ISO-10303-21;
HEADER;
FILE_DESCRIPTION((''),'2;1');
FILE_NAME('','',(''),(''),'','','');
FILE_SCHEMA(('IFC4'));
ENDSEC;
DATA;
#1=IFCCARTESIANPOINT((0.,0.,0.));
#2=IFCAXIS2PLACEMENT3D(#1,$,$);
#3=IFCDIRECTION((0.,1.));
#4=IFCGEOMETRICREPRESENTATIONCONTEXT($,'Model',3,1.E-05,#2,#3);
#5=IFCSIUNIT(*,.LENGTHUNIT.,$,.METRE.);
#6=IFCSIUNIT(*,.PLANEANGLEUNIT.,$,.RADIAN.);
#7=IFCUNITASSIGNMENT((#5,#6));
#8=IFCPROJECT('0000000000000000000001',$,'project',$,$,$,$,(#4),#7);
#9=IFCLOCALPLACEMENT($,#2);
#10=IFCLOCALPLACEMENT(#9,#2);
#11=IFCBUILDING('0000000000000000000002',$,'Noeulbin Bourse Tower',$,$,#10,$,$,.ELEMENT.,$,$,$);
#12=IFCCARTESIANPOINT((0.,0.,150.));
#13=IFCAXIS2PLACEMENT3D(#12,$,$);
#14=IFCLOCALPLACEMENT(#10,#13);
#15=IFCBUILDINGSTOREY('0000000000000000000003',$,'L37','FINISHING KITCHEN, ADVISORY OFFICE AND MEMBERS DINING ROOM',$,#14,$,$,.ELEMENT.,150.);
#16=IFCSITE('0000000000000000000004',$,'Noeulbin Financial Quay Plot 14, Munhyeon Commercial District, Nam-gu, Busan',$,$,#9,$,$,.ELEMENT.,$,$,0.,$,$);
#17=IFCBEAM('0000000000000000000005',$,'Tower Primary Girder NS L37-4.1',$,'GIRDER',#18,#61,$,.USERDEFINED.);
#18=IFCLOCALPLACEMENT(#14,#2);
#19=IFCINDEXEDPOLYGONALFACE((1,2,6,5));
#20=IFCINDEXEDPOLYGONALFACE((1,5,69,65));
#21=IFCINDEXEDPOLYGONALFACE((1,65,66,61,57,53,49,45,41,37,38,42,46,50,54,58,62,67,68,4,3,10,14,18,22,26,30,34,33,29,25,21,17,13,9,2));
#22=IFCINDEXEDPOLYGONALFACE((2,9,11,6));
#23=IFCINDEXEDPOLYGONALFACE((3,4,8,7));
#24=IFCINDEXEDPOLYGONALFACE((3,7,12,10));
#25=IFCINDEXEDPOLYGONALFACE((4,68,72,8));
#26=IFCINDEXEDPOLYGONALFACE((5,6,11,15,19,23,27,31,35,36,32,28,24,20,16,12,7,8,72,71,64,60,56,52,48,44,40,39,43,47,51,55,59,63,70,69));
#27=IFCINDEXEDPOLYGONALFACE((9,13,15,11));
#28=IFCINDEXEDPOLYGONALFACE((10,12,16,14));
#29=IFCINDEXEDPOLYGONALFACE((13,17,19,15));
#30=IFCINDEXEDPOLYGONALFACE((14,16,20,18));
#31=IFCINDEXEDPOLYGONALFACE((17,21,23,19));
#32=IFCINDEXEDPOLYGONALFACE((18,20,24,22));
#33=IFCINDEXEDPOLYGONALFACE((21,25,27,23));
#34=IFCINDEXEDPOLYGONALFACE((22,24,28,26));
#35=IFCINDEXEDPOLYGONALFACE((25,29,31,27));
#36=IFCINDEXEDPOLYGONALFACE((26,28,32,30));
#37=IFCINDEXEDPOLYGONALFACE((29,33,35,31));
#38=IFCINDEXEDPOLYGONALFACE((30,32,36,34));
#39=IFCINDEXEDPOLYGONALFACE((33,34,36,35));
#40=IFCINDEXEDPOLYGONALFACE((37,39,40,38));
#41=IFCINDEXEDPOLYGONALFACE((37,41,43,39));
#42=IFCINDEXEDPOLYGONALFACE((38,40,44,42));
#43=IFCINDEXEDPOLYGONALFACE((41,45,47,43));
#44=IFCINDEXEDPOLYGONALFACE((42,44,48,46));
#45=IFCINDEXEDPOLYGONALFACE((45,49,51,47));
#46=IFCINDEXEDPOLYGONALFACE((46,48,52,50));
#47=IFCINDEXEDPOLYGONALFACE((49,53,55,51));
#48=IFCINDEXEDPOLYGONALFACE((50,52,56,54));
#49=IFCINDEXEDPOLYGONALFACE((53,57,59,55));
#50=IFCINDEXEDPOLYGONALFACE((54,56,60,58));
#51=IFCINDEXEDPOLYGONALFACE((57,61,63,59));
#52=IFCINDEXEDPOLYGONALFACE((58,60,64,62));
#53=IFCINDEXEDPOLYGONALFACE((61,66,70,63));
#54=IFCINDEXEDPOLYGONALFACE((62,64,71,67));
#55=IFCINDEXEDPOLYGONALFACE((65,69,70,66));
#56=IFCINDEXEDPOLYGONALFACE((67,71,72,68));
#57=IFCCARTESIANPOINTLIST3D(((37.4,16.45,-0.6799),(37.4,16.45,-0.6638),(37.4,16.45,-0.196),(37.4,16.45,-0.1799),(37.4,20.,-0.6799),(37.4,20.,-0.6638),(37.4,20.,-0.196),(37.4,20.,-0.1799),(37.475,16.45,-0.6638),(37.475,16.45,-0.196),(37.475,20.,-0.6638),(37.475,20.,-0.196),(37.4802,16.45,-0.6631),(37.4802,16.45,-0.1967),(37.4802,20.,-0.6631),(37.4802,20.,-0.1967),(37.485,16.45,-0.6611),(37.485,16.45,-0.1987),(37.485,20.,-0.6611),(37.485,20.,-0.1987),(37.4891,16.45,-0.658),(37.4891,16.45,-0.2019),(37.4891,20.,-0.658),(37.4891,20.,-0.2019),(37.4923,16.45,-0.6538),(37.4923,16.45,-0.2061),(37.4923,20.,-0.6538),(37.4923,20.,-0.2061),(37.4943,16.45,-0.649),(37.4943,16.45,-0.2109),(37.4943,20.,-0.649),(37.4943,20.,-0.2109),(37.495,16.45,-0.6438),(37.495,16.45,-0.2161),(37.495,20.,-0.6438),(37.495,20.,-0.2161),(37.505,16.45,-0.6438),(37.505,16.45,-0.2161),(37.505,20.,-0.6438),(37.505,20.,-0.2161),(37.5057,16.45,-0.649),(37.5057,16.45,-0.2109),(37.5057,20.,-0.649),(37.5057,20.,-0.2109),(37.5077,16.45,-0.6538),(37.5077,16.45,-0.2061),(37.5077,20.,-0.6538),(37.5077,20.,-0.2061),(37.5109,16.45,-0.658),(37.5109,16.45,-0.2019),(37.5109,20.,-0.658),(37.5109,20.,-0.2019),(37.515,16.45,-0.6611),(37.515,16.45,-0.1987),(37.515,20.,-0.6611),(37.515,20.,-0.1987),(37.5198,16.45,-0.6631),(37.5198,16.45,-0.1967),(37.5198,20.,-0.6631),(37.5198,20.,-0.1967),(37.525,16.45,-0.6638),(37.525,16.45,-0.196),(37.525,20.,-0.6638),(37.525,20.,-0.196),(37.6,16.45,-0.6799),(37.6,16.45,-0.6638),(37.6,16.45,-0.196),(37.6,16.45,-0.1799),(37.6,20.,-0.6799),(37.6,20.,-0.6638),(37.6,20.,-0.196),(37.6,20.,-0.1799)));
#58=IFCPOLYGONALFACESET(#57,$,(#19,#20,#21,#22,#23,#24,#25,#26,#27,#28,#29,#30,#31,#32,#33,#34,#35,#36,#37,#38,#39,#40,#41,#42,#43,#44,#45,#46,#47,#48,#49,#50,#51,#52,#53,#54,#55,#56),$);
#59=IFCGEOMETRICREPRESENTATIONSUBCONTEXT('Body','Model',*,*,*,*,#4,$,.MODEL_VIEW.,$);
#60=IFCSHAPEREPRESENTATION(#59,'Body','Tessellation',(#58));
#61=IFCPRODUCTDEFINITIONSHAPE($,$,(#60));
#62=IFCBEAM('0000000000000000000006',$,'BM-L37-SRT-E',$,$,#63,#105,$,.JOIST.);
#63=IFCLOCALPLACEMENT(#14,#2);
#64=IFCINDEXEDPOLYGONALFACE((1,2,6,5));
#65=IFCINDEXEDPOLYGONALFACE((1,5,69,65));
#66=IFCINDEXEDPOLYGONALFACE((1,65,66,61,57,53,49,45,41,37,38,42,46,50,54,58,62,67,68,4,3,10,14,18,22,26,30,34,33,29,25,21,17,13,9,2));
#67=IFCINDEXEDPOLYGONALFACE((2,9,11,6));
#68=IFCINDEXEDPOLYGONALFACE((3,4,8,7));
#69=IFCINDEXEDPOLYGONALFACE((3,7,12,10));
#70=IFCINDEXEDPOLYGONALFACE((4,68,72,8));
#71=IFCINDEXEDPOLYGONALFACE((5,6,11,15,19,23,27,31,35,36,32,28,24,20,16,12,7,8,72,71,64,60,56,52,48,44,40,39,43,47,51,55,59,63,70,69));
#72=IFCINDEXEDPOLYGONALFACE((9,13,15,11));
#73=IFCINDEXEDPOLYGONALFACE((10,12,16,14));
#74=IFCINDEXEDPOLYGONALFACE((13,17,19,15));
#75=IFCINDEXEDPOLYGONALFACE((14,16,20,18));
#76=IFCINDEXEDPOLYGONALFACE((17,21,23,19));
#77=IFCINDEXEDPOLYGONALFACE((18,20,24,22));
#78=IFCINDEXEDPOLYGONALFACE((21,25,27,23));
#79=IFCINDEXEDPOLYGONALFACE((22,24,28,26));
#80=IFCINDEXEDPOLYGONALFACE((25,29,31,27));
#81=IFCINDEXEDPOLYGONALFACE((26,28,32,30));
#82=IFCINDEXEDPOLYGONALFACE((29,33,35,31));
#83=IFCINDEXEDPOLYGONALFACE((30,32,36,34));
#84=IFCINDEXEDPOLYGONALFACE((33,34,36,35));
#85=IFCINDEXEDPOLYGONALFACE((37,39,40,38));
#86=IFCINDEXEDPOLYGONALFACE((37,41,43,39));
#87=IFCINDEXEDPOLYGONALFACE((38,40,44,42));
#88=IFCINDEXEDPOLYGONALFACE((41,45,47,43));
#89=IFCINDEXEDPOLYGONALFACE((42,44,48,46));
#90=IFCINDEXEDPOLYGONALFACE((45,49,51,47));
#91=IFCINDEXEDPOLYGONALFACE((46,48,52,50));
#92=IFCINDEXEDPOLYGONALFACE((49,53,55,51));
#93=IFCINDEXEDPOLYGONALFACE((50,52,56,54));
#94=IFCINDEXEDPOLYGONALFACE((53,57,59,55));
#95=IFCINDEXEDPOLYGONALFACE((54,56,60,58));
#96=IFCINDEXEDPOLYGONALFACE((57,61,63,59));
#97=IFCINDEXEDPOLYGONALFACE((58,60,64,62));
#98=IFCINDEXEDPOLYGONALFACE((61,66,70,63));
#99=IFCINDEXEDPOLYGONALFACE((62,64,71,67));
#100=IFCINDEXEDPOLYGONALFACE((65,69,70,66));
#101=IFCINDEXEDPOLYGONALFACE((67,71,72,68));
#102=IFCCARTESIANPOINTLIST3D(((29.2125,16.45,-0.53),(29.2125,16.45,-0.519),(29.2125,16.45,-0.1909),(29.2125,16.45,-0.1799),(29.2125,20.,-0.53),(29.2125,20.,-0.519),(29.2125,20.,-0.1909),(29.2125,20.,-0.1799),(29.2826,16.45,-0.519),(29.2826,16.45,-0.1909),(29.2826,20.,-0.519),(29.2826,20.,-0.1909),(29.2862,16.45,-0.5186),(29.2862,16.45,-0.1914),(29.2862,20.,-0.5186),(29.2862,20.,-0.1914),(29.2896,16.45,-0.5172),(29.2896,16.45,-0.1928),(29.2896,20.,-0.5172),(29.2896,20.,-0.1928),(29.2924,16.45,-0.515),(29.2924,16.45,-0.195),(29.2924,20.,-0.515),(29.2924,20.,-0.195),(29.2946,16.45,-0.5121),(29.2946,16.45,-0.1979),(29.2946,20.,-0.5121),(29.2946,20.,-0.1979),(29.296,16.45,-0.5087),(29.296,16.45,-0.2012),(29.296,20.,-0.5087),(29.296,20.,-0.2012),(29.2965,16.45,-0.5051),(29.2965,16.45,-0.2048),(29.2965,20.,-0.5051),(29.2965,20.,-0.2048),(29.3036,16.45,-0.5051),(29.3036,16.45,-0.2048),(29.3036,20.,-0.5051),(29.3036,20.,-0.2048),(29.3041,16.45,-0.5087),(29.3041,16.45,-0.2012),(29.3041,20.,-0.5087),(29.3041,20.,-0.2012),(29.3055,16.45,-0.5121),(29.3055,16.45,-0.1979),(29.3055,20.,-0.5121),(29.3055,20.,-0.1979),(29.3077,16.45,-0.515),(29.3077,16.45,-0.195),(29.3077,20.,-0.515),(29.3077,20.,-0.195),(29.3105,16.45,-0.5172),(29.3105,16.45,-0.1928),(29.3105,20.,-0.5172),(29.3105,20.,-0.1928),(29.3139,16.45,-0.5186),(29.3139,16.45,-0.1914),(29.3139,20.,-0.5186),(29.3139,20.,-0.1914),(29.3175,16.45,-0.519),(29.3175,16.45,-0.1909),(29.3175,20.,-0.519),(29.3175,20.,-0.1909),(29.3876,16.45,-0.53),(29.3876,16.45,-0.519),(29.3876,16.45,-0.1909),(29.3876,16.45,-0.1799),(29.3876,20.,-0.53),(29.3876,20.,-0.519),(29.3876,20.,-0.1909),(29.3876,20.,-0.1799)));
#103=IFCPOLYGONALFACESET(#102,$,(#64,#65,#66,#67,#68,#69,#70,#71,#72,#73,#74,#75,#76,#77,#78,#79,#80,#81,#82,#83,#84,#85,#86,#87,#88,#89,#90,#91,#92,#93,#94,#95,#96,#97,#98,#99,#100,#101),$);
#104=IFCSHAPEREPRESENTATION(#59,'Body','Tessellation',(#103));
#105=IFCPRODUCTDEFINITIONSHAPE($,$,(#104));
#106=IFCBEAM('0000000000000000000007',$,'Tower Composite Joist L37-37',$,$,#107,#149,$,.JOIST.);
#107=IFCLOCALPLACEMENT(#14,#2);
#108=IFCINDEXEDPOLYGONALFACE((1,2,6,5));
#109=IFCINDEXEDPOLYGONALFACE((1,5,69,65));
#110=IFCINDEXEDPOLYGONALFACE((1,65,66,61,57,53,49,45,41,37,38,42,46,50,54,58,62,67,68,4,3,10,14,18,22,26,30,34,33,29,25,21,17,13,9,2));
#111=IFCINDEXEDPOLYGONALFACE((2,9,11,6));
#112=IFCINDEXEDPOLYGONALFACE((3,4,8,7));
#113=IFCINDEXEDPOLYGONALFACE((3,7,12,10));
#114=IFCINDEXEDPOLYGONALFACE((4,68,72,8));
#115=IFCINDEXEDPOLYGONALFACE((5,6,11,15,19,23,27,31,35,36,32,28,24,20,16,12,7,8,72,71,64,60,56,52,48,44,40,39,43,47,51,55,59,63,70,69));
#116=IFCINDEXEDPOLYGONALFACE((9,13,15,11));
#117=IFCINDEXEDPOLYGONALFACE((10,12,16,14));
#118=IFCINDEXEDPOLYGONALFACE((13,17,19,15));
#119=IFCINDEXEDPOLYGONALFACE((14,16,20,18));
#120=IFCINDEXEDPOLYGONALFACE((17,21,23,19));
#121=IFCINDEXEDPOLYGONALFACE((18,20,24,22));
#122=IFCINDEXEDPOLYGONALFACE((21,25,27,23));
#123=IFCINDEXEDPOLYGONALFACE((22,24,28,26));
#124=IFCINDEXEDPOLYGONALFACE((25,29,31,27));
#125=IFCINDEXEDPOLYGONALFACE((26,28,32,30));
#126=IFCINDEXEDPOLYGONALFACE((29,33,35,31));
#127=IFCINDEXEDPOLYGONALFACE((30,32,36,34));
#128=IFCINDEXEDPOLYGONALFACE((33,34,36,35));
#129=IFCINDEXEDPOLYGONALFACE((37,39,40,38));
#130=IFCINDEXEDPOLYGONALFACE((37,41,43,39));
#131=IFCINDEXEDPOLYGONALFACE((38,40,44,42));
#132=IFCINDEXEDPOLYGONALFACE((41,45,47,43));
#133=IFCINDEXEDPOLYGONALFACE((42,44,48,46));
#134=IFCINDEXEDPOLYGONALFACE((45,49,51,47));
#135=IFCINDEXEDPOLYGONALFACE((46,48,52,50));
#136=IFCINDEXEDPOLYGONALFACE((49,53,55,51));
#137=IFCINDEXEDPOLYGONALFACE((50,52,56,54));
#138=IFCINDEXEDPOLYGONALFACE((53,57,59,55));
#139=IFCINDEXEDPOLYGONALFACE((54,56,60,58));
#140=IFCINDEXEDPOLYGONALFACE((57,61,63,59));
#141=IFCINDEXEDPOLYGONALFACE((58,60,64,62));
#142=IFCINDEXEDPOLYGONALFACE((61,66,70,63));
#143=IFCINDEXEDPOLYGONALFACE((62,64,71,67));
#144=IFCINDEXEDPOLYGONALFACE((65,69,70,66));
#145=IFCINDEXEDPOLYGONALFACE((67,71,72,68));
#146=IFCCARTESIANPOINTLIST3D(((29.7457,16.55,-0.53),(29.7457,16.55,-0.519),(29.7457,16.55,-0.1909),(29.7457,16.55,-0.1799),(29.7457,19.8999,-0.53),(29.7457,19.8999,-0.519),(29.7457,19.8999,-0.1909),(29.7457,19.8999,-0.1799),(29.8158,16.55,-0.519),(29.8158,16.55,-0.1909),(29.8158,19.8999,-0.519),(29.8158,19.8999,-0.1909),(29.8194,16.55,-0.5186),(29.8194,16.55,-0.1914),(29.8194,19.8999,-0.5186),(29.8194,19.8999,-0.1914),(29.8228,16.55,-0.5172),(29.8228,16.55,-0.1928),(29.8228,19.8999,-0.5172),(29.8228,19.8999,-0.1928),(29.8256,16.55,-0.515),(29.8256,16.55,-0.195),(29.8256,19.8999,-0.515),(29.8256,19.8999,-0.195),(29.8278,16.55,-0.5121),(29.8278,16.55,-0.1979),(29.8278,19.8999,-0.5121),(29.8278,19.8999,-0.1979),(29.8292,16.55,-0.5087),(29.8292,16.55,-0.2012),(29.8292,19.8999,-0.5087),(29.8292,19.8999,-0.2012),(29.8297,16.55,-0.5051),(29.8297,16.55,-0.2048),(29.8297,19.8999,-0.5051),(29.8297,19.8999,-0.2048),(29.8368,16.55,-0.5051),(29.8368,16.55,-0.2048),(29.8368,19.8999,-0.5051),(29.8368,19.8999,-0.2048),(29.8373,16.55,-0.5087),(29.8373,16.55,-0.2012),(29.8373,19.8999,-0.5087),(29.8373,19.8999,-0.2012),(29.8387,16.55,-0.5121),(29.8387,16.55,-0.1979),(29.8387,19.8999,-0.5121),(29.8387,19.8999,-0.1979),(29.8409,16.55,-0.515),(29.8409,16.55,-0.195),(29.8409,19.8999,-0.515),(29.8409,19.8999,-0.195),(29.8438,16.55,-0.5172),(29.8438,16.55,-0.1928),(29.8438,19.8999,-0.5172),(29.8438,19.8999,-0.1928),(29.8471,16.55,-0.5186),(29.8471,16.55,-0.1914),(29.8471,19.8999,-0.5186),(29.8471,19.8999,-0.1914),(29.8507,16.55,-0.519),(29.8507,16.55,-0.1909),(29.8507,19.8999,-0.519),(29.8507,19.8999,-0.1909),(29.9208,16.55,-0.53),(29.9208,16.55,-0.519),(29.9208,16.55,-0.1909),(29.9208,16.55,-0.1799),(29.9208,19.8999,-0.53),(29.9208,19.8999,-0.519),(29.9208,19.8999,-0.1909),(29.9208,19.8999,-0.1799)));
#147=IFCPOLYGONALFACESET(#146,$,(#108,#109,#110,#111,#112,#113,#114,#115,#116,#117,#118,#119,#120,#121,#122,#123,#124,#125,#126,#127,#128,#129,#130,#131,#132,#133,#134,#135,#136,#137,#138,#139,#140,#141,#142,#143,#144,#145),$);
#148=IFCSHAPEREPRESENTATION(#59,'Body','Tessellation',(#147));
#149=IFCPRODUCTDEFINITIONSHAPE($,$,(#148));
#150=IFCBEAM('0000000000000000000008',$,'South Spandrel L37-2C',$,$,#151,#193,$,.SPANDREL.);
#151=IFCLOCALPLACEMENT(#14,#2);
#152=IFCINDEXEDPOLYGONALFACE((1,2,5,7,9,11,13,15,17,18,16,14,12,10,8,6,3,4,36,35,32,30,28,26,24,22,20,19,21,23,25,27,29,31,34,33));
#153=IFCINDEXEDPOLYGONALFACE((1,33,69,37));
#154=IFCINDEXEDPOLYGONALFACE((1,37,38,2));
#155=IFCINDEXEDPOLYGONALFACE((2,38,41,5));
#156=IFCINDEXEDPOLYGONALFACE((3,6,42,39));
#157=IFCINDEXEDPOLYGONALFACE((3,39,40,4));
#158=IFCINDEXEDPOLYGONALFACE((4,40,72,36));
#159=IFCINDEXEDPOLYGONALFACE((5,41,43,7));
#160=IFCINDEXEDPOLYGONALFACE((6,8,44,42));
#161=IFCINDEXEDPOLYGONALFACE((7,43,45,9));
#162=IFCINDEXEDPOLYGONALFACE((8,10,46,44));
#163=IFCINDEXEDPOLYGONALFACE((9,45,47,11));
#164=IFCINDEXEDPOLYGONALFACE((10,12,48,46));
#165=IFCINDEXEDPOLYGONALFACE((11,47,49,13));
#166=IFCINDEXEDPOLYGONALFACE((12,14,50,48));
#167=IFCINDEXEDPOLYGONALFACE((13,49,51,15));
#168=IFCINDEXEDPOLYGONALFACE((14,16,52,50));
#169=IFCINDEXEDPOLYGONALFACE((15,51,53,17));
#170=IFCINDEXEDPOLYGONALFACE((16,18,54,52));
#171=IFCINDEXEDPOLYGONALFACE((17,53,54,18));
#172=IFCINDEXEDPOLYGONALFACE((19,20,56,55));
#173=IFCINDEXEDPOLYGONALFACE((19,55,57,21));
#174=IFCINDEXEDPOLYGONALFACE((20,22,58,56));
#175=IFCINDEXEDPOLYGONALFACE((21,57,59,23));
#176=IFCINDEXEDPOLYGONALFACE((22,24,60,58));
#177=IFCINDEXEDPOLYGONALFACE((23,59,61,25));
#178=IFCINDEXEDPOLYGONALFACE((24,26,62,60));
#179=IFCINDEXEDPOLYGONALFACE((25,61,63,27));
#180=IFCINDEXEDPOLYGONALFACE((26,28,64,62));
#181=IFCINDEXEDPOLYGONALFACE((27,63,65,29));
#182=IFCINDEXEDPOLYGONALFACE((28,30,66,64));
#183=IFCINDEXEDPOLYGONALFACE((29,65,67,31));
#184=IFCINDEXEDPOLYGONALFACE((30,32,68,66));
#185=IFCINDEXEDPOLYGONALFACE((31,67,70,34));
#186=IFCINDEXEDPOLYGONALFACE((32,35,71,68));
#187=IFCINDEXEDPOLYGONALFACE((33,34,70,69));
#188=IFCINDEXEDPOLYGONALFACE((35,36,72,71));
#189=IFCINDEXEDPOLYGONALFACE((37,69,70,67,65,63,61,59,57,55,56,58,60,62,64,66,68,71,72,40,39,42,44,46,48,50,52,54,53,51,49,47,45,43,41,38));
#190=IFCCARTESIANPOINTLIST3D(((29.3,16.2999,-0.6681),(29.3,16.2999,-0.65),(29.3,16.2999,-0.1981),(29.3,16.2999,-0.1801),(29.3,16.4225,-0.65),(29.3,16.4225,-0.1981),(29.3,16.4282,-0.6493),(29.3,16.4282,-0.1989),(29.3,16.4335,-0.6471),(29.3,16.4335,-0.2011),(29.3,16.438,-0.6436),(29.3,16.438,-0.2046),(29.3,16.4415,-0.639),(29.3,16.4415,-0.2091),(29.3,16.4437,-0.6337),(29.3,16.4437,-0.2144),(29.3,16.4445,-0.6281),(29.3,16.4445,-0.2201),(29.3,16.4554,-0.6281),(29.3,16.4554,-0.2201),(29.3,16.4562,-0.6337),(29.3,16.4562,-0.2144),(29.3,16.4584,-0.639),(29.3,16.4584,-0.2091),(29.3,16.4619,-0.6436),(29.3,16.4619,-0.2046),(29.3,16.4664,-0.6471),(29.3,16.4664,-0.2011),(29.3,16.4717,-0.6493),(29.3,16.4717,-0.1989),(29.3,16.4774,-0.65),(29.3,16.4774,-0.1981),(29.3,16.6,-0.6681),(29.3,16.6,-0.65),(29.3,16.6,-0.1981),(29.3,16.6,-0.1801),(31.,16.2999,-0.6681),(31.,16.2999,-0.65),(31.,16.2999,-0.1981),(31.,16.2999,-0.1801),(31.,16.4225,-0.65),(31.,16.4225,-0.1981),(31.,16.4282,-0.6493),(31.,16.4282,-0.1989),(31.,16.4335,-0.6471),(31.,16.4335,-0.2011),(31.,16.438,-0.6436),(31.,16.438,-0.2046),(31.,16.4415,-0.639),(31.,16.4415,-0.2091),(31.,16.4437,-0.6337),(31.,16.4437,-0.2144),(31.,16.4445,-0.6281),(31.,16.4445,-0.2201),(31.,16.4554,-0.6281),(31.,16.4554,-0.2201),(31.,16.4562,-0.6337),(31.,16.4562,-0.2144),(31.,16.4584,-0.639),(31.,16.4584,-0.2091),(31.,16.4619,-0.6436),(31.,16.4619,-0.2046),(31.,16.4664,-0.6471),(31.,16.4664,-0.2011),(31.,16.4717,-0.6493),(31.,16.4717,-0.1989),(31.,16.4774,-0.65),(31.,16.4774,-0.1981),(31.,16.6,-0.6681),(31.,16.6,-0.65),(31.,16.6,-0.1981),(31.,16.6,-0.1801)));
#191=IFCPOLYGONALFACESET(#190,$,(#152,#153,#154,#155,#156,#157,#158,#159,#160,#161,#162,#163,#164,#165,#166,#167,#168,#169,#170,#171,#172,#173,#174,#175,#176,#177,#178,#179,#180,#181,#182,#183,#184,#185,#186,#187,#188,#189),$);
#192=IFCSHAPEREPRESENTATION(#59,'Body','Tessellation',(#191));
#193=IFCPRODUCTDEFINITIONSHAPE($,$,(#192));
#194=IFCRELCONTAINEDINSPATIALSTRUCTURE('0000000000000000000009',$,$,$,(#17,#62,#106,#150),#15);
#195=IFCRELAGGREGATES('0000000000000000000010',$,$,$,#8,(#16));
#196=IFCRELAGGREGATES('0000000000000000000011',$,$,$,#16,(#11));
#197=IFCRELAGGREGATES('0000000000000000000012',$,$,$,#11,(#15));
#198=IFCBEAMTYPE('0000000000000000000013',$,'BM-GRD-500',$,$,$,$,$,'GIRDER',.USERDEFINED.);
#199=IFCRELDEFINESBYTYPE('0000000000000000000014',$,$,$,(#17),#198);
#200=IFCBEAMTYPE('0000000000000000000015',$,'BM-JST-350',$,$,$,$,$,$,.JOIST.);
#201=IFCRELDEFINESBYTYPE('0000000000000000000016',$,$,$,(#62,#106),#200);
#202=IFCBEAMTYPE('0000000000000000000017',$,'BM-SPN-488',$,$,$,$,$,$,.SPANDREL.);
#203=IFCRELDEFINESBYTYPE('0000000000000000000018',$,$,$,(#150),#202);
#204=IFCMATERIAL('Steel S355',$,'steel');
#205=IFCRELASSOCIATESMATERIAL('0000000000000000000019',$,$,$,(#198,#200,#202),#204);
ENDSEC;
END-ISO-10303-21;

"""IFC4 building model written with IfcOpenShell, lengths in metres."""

from ifc_helpers import new_model, si_unit, direction, frame, origin, origin_2d, place, context, subcontext, project, spatial, i_section, extrude, material, material_profile, profile_set, type_object, element, save


model = new_model("IFC4")

# Units and contexts
model_context = context("Model", 3, precision=1e-05, world=origin(), true_north=direction((0.0, 1.0)))
body_context = subcontext(model_context, "Body", "Model", "MODEL_VIEW")
ifc_project = project(units=[si_unit("LENGTHUNIT", "METRE"), si_unit("PLANEANGLEUNIT", "RADIAN")], contexts=[model_context])

# Site, building, storey
site_placement = place(None, origin())
site = spatial("IfcSite", under=ifc_project, at=site_placement, Name="Noeulbin Financial Quay Plot 14, Munhyeon Commercial District, Nam-gu, Busan", CompositionType="ELEMENT", RefElevation=0.0)
building_placement = place(site_placement, origin())
building = spatial("IfcBuilding", under=site, at=building_placement, Name="Noeulbin Bourse Tower", CompositionType="ELEMENT")
storey_placement = place(building_placement, frame((0.0, 0.0, 150.0)))
storey = spatial("IfcBuildingStorey", under=building, at=storey_placement, Name="L37", Description="FINISHING KITCHEN, ADVISORY OFFICE AND MEMBERS DINING ROOM", CompositionType="ELEMENT", Elevation=150.0)

# Shared definitions
ifc_material_1 = material(Name="Steel S355", Category="steel")

# Beams
ifc_material_profile_1 = material_profile(ifc_material_1, i_section(OverallWidth=0.2, OverallDepth=0.5, WebThickness=0.01, FlangeThickness=0.0161, FilletRadius=0.02, at=origin_2d()), Name="H-500x200x10x16", Category="LoadBearing")
ifc_profile_set_1 = profile_set([ifc_material_profile_1], Name="Steel S355")
beam_type_1 = type_object("IfcBeamType", Name="BM-GRD-500", ElementType="GIRDER", PredefinedType="USERDEFINED", material=ifc_profile_set_1)
for number, where, z_axis, x_axis, name in (
    (1, (37.5, 16.45, -0.4299), (0.0, 1.0, 0.0), (-1.0, 0.0, 0.0), "Tower Primary Girder NS L37-4.1"),
):
    element("IfcBeam", number, at=place(storey_placement, frame(where, z_axis=z_axis, x_axis=x_axis)), inside=storey, type_object=beam_type_1, Name=name, ObjectType="GIRDER", PredefinedType="USERDEFINED", context=body_context, shape_type="SweptSolid", body=[
        extrude(i_section(OverallWidth=0.2, OverallDepth=0.5, WebThickness=0.01, FlangeThickness=0.0161, FilletRadius=0.02, at=origin_2d()), origin(), (0.0, 0.0, 1.0), 3.55),
    ])
ifc_material_profile_2 = material_profile(ifc_material_1, i_section(OverallWidth=0.175, OverallDepth=0.3501, WebThickness=0.0071, FlangeThickness=0.011, FilletRadius=0.0139, at=origin_2d()), Name="H-350x175x7x11", Category="LoadBearing")
ifc_profile_set_2 = profile_set([ifc_material_profile_2], Name="Steel S355")
beam_type_2 = type_object("IfcBeamType", Name="BM-JST-350", PredefinedType="JOIST", material=ifc_profile_set_2)
beam_1_placement = place(storey_placement, frame((29.3, 16.45, -0.355), z_axis=(0.0, 1.0, 0.0), x_axis=(-1.0, 0.0, 0.0)))
element("IfcBeam", 2, at=beam_1_placement, inside=storey, type_object=beam_type_2, Name="BM-L37-SRT-E", PredefinedType="JOIST", context=body_context, shape_type="SweptSolid", body=[
    extrude(i_section(OverallWidth=0.175, OverallDepth=0.3501, WebThickness=0.0071, FlangeThickness=0.011, FilletRadius=0.0139, at=origin_2d()), origin(), (0.0, 0.0, 1.0), 3.55),
])
beam_2_placement = place(storey_placement, frame((29.8333, 16.55, -0.355), z_axis=(0.0, 1.0, 0.0), x_axis=(-1.0, 0.0, 0.0)))
element("IfcBeam", 3, at=beam_2_placement, inside=storey, type_object=beam_type_2, Name="Tower Composite Joist L37-37", PredefinedType="JOIST", context=body_context, shape_type="SweptSolid", body=[
    extrude(i_section(OverallWidth=0.175, OverallDepth=0.3501, WebThickness=0.0071, FlangeThickness=0.011, FilletRadius=0.0139, at=origin_2d()), origin(), (0.0, 0.0, 1.0), 3.3499),
])
ifc_material_profile_3 = material_profile(ifc_material_1, i_section(OverallWidth=0.3, OverallDepth=0.488, WebThickness=0.011, FlangeThickness=0.0181, FilletRadius=0.022, at=origin_2d()), Name="H-488x300x11x18", Category="LoadBearing")
ifc_profile_set_3 = profile_set([ifc_material_profile_3], Name="Steel S355")
beam_type_3 = type_object("IfcBeamType", Name="BM-SPN-488", PredefinedType="SPANDREL", material=ifc_profile_set_3)
beam_3_placement = place(storey_placement, frame((29.3, 16.45, -0.4241), z_axis=(1.0, 0.0, 0.0), x_axis=(0.0, 1.0, 0.0)))
element("IfcBeam", 4, at=beam_3_placement, inside=storey, type_object=beam_type_3, Name="South Spandrel L37-2C", PredefinedType="SPANDREL", context=body_context, shape_type="SweptSolid", body=[
    extrude(i_section(OverallWidth=0.3, OverallDepth=0.488, WebThickness=0.011, FlangeThickness=0.0181, FilletRadius=0.022, at=origin_2d()), origin(), (0.0, 0.0, 1.0), 1.7),
])

save(model, "model.ifc")
